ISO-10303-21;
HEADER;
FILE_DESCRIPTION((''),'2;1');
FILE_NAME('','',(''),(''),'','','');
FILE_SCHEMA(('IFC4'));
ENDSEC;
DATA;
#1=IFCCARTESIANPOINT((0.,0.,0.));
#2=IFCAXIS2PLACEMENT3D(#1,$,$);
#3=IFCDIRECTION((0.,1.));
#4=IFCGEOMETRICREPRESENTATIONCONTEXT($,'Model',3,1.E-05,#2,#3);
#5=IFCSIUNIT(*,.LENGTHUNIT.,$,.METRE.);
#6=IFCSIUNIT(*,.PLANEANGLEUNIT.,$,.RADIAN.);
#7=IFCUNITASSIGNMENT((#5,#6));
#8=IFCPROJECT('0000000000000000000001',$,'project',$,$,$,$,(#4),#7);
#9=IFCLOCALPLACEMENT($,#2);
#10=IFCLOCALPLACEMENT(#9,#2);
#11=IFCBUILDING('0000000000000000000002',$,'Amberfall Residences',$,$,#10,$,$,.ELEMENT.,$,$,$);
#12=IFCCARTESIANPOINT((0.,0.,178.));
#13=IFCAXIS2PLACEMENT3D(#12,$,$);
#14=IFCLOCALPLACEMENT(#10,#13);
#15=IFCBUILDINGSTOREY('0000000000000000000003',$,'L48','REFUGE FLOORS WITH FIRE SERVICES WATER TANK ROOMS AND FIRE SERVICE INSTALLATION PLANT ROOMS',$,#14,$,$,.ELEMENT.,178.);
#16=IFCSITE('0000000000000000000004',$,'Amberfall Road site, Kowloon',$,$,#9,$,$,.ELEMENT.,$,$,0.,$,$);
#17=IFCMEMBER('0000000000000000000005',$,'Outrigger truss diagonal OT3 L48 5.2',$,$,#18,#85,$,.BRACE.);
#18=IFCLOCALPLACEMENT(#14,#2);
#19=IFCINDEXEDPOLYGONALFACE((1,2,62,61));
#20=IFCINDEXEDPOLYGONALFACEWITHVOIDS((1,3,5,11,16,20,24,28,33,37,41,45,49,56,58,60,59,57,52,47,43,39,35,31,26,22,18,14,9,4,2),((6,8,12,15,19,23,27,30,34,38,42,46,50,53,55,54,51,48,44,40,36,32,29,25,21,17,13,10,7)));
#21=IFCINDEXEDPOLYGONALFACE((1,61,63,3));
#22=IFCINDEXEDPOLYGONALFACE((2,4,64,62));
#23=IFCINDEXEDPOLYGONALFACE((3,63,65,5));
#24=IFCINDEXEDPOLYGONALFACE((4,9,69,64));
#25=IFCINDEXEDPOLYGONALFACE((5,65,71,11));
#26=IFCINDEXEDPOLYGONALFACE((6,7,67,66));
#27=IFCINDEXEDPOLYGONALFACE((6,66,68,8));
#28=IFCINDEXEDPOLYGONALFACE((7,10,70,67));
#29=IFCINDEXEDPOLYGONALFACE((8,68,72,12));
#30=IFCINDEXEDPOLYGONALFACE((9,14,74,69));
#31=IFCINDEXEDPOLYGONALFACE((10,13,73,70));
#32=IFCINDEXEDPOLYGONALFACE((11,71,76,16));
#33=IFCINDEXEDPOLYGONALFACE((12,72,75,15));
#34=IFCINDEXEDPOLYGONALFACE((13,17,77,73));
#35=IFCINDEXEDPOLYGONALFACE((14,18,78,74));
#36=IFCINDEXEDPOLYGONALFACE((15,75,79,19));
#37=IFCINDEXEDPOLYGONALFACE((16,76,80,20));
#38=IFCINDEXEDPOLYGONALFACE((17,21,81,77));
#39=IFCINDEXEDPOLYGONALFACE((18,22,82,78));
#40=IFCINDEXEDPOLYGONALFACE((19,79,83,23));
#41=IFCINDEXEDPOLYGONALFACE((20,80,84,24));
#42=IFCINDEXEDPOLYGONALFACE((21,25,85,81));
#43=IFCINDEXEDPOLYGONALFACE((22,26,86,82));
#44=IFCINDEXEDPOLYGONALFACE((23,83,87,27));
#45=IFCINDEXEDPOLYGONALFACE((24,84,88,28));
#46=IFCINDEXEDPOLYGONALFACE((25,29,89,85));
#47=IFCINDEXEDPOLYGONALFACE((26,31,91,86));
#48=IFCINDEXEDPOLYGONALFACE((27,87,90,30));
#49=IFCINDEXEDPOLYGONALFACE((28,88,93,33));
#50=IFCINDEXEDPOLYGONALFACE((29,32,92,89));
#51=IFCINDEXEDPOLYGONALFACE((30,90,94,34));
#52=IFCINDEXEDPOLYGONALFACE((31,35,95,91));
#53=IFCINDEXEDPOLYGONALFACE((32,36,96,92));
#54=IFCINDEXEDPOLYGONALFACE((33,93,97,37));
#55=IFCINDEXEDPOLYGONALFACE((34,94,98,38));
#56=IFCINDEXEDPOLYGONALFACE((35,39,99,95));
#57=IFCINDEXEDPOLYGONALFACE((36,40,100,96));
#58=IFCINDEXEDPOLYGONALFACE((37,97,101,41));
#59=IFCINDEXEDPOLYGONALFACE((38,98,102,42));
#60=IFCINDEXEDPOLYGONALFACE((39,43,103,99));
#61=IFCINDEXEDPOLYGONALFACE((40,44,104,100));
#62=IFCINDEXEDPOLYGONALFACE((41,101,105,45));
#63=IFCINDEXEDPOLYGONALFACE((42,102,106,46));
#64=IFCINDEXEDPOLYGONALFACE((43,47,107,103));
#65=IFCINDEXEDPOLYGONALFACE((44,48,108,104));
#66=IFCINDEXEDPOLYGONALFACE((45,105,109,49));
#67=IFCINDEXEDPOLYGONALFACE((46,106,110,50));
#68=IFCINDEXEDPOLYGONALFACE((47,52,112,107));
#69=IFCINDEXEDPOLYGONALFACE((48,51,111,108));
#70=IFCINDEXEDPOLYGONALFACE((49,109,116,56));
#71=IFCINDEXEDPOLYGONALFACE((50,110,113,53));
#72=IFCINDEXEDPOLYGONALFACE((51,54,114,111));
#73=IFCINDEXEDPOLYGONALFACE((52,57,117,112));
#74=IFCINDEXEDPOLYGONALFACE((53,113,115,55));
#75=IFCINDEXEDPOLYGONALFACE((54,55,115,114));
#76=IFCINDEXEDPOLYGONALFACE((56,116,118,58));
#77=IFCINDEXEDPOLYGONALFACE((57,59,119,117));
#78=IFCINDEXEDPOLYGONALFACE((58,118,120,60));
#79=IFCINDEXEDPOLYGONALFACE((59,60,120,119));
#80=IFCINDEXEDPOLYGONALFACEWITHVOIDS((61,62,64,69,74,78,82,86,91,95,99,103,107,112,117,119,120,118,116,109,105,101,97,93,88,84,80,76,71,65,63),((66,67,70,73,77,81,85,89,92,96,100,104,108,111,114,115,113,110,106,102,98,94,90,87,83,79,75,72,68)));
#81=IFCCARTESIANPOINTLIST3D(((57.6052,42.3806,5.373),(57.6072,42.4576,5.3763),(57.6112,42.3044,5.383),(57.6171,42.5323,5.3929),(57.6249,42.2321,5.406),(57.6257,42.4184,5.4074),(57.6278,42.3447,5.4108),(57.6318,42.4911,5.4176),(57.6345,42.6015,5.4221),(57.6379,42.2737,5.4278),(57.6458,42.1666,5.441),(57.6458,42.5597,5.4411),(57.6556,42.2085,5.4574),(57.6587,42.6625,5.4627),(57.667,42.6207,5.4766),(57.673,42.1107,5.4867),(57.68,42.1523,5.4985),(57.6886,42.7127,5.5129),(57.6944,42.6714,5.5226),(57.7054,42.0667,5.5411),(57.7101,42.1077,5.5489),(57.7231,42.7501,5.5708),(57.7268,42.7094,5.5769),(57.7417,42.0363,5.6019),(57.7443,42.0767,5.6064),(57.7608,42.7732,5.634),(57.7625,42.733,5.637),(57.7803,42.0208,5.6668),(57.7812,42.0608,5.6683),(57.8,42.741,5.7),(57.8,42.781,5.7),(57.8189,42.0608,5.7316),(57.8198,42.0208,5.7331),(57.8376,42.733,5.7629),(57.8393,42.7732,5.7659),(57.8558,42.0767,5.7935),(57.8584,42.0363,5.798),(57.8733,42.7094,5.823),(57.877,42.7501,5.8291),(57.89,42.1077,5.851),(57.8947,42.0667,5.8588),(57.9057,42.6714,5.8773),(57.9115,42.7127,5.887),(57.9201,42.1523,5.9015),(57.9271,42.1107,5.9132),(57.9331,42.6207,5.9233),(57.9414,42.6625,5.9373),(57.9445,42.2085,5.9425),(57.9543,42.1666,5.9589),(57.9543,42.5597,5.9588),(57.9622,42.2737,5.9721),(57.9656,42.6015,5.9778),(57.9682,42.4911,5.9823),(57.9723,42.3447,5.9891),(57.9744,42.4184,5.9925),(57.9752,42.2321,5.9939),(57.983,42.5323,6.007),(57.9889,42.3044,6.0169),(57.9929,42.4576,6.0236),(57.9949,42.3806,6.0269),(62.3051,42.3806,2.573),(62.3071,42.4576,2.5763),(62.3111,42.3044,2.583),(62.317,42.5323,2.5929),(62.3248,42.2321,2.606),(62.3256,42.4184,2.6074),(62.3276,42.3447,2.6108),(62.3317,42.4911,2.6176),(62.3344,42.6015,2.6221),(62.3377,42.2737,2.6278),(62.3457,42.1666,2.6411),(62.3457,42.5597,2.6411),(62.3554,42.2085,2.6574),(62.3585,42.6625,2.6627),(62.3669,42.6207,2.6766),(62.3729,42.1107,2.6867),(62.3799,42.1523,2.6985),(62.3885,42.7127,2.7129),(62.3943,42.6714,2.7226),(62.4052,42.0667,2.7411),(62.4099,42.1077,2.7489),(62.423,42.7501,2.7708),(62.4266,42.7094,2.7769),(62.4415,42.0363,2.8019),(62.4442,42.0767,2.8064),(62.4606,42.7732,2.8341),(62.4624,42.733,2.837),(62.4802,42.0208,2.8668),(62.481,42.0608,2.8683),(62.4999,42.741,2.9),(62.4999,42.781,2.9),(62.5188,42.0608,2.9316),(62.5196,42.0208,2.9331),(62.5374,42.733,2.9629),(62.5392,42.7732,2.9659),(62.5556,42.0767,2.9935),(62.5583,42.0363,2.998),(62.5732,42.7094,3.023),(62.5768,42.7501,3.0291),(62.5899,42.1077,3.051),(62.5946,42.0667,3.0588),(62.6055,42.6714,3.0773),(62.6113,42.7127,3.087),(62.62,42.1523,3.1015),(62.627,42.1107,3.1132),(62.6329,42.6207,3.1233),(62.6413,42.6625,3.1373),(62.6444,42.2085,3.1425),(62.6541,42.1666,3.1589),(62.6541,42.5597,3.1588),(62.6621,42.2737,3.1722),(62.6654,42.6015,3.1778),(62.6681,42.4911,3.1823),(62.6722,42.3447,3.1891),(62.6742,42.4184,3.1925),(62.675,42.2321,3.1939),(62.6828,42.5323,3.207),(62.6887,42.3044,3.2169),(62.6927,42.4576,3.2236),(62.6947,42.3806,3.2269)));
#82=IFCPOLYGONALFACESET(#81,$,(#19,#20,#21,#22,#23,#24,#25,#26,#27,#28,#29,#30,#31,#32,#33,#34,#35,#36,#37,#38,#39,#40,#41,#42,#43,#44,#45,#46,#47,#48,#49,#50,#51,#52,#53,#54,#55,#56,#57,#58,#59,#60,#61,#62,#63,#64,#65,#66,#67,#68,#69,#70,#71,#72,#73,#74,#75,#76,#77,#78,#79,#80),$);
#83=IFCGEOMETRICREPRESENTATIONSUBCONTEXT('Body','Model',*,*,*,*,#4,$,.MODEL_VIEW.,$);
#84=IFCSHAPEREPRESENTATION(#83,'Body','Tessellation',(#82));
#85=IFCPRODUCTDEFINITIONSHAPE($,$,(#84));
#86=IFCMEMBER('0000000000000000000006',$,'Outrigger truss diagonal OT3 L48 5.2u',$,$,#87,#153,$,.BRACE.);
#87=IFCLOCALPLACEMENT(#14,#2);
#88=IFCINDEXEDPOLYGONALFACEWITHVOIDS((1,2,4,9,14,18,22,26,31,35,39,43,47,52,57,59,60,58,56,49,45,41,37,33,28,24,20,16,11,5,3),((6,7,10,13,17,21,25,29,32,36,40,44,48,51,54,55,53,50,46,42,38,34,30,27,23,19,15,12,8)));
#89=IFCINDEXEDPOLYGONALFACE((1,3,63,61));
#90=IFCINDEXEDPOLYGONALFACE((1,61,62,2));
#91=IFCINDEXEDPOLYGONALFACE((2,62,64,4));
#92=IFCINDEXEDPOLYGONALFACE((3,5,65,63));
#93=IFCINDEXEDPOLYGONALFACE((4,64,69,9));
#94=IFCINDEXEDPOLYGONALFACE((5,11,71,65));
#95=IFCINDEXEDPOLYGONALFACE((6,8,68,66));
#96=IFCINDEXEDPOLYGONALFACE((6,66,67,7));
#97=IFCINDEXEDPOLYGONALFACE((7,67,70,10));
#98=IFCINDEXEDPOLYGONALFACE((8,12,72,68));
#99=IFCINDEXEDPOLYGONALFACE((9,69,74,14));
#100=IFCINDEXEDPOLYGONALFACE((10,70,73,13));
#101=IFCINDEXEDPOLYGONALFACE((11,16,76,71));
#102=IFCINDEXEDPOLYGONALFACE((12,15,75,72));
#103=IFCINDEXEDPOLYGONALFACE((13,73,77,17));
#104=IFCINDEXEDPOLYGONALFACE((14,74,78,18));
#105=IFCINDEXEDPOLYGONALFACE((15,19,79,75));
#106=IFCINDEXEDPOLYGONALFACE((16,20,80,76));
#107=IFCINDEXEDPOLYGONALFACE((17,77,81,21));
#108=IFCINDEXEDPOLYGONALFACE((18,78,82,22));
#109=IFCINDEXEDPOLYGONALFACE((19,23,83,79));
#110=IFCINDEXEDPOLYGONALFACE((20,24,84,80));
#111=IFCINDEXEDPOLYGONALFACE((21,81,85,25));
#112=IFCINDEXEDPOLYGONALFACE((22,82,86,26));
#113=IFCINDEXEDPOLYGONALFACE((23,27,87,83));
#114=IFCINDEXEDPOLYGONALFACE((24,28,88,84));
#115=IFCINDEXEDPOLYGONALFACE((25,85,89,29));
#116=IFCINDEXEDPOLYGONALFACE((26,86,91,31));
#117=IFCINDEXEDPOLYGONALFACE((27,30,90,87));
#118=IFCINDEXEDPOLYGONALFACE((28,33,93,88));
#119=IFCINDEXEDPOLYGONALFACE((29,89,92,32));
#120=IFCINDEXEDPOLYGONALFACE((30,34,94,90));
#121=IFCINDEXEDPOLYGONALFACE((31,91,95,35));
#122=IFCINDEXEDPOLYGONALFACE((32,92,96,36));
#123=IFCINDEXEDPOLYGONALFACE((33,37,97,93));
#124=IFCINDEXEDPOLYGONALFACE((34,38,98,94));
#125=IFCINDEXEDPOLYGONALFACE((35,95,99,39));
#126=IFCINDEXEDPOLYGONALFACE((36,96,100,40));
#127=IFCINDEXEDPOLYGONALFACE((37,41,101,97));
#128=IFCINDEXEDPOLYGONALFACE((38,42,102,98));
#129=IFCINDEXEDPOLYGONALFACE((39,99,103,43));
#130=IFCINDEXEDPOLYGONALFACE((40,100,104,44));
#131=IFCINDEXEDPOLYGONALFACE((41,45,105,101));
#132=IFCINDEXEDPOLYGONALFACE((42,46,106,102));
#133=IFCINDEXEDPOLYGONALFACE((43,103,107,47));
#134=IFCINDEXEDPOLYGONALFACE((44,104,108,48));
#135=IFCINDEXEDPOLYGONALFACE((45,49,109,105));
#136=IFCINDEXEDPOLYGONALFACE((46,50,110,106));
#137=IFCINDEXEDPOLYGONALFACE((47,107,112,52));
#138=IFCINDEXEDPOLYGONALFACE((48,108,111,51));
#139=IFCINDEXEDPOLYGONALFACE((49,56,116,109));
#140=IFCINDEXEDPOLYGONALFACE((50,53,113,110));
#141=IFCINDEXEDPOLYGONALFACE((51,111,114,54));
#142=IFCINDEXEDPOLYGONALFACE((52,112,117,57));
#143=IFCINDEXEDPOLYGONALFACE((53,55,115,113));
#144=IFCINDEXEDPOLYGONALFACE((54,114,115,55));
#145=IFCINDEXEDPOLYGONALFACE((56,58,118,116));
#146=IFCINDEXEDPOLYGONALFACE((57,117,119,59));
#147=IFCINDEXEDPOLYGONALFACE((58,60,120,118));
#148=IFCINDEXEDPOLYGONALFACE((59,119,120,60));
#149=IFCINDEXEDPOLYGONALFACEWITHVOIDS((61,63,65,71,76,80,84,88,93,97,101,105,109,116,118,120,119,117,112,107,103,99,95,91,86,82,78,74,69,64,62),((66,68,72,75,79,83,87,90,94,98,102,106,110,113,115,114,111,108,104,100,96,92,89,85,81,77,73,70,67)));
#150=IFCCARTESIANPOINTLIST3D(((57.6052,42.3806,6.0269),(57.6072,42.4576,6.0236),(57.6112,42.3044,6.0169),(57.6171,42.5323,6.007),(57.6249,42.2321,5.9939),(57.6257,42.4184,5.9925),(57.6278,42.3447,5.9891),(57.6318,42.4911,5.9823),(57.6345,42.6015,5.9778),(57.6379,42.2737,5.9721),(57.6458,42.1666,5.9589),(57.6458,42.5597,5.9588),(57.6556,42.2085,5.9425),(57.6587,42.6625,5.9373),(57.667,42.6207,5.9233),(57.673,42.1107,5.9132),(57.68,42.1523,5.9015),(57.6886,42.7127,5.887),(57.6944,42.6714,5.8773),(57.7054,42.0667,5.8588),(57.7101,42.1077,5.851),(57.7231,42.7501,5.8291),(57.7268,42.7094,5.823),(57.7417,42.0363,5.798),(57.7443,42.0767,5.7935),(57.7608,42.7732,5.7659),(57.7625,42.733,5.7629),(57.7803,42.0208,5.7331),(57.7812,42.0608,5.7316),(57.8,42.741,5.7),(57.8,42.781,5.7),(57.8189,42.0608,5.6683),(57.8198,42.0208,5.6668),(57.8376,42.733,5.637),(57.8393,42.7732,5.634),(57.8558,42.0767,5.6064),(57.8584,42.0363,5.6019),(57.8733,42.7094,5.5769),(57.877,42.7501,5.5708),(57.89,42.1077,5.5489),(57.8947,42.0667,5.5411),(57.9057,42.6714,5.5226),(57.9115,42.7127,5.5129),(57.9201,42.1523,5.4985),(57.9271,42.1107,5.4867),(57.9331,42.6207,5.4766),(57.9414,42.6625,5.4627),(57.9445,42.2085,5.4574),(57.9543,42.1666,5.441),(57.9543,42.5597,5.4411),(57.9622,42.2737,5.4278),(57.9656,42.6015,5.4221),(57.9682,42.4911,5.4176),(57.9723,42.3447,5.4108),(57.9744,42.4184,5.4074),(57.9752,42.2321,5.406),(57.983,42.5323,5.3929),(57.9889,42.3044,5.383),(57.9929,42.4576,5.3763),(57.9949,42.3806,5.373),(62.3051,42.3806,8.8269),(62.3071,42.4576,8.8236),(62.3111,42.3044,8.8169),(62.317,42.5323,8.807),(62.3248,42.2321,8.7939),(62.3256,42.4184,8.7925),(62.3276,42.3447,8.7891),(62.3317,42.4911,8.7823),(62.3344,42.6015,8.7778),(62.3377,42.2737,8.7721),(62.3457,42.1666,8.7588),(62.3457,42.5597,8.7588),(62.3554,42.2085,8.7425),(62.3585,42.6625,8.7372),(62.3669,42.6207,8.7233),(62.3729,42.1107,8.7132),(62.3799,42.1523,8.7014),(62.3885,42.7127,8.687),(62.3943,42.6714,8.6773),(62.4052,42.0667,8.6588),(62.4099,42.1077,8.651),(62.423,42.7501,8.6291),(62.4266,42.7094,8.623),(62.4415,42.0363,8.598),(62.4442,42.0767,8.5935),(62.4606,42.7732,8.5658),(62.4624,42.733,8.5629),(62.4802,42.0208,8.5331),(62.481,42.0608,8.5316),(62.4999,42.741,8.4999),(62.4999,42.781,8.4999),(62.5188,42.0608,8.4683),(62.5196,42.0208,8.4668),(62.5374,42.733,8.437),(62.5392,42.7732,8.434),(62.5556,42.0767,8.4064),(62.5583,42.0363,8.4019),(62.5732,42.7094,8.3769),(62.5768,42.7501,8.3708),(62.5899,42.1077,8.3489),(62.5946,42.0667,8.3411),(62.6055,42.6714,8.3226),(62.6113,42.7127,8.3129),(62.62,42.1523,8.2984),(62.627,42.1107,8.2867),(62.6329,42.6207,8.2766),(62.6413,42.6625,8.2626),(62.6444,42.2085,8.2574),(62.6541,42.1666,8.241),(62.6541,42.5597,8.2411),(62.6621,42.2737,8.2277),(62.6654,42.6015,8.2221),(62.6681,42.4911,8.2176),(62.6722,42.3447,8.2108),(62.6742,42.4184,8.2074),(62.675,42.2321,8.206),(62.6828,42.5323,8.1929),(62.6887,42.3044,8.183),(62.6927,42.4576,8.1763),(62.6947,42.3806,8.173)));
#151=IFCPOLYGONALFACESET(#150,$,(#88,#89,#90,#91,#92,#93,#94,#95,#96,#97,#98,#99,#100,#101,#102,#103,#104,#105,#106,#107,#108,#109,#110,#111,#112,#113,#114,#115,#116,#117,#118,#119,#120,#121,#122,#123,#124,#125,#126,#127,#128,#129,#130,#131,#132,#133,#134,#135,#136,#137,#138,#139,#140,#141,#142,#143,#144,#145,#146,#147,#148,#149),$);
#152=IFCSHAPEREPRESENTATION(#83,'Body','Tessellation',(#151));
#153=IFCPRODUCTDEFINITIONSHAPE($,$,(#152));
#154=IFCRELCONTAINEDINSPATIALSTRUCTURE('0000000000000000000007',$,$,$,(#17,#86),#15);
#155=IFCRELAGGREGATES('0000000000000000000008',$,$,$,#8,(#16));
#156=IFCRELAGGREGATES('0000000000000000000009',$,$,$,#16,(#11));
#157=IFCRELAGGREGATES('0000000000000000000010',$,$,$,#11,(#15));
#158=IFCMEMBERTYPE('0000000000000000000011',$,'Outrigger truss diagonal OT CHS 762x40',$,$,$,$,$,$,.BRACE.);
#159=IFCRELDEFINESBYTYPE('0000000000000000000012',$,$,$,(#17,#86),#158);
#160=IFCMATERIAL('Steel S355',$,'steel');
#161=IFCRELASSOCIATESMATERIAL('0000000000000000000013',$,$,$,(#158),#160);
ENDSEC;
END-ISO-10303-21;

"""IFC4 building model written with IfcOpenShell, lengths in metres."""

from ifc_helpers import new_model, si_unit, direction, frame, origin, origin_2d, place, context, subcontext, project, spatial, hollow_circle, extrude, material, material_profile, profile_set, type_object, element, save


model = new_model("IFC4")

# Units and contexts
model_context = context("Model", 3, precision=1e-05, world=origin(), true_north=direction((0.0, 1.0)))
body_context = subcontext(model_context, "Body", "Model", "MODEL_VIEW")
ifc_project = project(units=[si_unit("LENGTHUNIT", "METRE"), si_unit("PLANEANGLEUNIT", "RADIAN")], contexts=[model_context])

# Site, building, storey
site_placement = place(None, origin())
site = spatial("IfcSite", under=ifc_project, at=site_placement, Name="Amberfall Road site, Kowloon", CompositionType="ELEMENT", RefElevation=0.0)
building_placement = place(site_placement, origin())
building = spatial("IfcBuilding", under=site, at=building_placement, Name="Amberfall Residences", CompositionType="ELEMENT")
storey_placement = place(building_placement, frame((0.0, 0.0, 178.0)))
storey = spatial("IfcBuildingStorey", under=building, at=storey_placement, Name="L48", Description="REFUGE FLOORS WITH FIRE SERVICES WATER TANK ROOMS AND FIRE SERVICE INSTALLATION PLANT ROOMS", CompositionType="ELEMENT", Elevation=178.0)

# Members
ifc_material_1 = material(Name="Steel S355", Category="steel")
ifc_material_profile = material_profile(ifc_material_1, hollow_circle(Radius=0.3811, WallThickness=0.04, at=origin_2d()), Name="CHS 762x40")
ifc_profile_set = profile_set([ifc_material_profile], Name="Steel S355")
member_type = type_object("IfcMemberType", Name="Outrigger truss diagonal OT CHS 762x40", PredefinedType="BRACE", material=ifc_profile_set)
for number, where, z_axis, x_axis, name in (
    (1, (57.8, 42.3999, 5.7), (0.859095, 0.0, -0.511816), (0.0, 1.0, 0.0), "Outrigger truss diagonal OT3 L48 5.2"),
    (2, (57.8, 42.3999, 5.7), (0.859095, 0.0, 0.511816), (0.0, 1.0, 0.0), "Outrigger truss diagonal OT3 L48 5.2u"),
):
    element("IfcMember", number, at=place(storey_placement, frame(where, z_axis=z_axis, x_axis=x_axis)), inside=storey, type_object=member_type, Name=name, PredefinedType="BRACE", context=body_context, shape_type="SweptSolid", body=[
        extrude(hollow_circle(Radius=0.3811, WallThickness=0.04, at=origin_2d()), origin(), (0.0, 0.0, 1.0), 5.4707),
    ])

save(model, "model.ifc")
